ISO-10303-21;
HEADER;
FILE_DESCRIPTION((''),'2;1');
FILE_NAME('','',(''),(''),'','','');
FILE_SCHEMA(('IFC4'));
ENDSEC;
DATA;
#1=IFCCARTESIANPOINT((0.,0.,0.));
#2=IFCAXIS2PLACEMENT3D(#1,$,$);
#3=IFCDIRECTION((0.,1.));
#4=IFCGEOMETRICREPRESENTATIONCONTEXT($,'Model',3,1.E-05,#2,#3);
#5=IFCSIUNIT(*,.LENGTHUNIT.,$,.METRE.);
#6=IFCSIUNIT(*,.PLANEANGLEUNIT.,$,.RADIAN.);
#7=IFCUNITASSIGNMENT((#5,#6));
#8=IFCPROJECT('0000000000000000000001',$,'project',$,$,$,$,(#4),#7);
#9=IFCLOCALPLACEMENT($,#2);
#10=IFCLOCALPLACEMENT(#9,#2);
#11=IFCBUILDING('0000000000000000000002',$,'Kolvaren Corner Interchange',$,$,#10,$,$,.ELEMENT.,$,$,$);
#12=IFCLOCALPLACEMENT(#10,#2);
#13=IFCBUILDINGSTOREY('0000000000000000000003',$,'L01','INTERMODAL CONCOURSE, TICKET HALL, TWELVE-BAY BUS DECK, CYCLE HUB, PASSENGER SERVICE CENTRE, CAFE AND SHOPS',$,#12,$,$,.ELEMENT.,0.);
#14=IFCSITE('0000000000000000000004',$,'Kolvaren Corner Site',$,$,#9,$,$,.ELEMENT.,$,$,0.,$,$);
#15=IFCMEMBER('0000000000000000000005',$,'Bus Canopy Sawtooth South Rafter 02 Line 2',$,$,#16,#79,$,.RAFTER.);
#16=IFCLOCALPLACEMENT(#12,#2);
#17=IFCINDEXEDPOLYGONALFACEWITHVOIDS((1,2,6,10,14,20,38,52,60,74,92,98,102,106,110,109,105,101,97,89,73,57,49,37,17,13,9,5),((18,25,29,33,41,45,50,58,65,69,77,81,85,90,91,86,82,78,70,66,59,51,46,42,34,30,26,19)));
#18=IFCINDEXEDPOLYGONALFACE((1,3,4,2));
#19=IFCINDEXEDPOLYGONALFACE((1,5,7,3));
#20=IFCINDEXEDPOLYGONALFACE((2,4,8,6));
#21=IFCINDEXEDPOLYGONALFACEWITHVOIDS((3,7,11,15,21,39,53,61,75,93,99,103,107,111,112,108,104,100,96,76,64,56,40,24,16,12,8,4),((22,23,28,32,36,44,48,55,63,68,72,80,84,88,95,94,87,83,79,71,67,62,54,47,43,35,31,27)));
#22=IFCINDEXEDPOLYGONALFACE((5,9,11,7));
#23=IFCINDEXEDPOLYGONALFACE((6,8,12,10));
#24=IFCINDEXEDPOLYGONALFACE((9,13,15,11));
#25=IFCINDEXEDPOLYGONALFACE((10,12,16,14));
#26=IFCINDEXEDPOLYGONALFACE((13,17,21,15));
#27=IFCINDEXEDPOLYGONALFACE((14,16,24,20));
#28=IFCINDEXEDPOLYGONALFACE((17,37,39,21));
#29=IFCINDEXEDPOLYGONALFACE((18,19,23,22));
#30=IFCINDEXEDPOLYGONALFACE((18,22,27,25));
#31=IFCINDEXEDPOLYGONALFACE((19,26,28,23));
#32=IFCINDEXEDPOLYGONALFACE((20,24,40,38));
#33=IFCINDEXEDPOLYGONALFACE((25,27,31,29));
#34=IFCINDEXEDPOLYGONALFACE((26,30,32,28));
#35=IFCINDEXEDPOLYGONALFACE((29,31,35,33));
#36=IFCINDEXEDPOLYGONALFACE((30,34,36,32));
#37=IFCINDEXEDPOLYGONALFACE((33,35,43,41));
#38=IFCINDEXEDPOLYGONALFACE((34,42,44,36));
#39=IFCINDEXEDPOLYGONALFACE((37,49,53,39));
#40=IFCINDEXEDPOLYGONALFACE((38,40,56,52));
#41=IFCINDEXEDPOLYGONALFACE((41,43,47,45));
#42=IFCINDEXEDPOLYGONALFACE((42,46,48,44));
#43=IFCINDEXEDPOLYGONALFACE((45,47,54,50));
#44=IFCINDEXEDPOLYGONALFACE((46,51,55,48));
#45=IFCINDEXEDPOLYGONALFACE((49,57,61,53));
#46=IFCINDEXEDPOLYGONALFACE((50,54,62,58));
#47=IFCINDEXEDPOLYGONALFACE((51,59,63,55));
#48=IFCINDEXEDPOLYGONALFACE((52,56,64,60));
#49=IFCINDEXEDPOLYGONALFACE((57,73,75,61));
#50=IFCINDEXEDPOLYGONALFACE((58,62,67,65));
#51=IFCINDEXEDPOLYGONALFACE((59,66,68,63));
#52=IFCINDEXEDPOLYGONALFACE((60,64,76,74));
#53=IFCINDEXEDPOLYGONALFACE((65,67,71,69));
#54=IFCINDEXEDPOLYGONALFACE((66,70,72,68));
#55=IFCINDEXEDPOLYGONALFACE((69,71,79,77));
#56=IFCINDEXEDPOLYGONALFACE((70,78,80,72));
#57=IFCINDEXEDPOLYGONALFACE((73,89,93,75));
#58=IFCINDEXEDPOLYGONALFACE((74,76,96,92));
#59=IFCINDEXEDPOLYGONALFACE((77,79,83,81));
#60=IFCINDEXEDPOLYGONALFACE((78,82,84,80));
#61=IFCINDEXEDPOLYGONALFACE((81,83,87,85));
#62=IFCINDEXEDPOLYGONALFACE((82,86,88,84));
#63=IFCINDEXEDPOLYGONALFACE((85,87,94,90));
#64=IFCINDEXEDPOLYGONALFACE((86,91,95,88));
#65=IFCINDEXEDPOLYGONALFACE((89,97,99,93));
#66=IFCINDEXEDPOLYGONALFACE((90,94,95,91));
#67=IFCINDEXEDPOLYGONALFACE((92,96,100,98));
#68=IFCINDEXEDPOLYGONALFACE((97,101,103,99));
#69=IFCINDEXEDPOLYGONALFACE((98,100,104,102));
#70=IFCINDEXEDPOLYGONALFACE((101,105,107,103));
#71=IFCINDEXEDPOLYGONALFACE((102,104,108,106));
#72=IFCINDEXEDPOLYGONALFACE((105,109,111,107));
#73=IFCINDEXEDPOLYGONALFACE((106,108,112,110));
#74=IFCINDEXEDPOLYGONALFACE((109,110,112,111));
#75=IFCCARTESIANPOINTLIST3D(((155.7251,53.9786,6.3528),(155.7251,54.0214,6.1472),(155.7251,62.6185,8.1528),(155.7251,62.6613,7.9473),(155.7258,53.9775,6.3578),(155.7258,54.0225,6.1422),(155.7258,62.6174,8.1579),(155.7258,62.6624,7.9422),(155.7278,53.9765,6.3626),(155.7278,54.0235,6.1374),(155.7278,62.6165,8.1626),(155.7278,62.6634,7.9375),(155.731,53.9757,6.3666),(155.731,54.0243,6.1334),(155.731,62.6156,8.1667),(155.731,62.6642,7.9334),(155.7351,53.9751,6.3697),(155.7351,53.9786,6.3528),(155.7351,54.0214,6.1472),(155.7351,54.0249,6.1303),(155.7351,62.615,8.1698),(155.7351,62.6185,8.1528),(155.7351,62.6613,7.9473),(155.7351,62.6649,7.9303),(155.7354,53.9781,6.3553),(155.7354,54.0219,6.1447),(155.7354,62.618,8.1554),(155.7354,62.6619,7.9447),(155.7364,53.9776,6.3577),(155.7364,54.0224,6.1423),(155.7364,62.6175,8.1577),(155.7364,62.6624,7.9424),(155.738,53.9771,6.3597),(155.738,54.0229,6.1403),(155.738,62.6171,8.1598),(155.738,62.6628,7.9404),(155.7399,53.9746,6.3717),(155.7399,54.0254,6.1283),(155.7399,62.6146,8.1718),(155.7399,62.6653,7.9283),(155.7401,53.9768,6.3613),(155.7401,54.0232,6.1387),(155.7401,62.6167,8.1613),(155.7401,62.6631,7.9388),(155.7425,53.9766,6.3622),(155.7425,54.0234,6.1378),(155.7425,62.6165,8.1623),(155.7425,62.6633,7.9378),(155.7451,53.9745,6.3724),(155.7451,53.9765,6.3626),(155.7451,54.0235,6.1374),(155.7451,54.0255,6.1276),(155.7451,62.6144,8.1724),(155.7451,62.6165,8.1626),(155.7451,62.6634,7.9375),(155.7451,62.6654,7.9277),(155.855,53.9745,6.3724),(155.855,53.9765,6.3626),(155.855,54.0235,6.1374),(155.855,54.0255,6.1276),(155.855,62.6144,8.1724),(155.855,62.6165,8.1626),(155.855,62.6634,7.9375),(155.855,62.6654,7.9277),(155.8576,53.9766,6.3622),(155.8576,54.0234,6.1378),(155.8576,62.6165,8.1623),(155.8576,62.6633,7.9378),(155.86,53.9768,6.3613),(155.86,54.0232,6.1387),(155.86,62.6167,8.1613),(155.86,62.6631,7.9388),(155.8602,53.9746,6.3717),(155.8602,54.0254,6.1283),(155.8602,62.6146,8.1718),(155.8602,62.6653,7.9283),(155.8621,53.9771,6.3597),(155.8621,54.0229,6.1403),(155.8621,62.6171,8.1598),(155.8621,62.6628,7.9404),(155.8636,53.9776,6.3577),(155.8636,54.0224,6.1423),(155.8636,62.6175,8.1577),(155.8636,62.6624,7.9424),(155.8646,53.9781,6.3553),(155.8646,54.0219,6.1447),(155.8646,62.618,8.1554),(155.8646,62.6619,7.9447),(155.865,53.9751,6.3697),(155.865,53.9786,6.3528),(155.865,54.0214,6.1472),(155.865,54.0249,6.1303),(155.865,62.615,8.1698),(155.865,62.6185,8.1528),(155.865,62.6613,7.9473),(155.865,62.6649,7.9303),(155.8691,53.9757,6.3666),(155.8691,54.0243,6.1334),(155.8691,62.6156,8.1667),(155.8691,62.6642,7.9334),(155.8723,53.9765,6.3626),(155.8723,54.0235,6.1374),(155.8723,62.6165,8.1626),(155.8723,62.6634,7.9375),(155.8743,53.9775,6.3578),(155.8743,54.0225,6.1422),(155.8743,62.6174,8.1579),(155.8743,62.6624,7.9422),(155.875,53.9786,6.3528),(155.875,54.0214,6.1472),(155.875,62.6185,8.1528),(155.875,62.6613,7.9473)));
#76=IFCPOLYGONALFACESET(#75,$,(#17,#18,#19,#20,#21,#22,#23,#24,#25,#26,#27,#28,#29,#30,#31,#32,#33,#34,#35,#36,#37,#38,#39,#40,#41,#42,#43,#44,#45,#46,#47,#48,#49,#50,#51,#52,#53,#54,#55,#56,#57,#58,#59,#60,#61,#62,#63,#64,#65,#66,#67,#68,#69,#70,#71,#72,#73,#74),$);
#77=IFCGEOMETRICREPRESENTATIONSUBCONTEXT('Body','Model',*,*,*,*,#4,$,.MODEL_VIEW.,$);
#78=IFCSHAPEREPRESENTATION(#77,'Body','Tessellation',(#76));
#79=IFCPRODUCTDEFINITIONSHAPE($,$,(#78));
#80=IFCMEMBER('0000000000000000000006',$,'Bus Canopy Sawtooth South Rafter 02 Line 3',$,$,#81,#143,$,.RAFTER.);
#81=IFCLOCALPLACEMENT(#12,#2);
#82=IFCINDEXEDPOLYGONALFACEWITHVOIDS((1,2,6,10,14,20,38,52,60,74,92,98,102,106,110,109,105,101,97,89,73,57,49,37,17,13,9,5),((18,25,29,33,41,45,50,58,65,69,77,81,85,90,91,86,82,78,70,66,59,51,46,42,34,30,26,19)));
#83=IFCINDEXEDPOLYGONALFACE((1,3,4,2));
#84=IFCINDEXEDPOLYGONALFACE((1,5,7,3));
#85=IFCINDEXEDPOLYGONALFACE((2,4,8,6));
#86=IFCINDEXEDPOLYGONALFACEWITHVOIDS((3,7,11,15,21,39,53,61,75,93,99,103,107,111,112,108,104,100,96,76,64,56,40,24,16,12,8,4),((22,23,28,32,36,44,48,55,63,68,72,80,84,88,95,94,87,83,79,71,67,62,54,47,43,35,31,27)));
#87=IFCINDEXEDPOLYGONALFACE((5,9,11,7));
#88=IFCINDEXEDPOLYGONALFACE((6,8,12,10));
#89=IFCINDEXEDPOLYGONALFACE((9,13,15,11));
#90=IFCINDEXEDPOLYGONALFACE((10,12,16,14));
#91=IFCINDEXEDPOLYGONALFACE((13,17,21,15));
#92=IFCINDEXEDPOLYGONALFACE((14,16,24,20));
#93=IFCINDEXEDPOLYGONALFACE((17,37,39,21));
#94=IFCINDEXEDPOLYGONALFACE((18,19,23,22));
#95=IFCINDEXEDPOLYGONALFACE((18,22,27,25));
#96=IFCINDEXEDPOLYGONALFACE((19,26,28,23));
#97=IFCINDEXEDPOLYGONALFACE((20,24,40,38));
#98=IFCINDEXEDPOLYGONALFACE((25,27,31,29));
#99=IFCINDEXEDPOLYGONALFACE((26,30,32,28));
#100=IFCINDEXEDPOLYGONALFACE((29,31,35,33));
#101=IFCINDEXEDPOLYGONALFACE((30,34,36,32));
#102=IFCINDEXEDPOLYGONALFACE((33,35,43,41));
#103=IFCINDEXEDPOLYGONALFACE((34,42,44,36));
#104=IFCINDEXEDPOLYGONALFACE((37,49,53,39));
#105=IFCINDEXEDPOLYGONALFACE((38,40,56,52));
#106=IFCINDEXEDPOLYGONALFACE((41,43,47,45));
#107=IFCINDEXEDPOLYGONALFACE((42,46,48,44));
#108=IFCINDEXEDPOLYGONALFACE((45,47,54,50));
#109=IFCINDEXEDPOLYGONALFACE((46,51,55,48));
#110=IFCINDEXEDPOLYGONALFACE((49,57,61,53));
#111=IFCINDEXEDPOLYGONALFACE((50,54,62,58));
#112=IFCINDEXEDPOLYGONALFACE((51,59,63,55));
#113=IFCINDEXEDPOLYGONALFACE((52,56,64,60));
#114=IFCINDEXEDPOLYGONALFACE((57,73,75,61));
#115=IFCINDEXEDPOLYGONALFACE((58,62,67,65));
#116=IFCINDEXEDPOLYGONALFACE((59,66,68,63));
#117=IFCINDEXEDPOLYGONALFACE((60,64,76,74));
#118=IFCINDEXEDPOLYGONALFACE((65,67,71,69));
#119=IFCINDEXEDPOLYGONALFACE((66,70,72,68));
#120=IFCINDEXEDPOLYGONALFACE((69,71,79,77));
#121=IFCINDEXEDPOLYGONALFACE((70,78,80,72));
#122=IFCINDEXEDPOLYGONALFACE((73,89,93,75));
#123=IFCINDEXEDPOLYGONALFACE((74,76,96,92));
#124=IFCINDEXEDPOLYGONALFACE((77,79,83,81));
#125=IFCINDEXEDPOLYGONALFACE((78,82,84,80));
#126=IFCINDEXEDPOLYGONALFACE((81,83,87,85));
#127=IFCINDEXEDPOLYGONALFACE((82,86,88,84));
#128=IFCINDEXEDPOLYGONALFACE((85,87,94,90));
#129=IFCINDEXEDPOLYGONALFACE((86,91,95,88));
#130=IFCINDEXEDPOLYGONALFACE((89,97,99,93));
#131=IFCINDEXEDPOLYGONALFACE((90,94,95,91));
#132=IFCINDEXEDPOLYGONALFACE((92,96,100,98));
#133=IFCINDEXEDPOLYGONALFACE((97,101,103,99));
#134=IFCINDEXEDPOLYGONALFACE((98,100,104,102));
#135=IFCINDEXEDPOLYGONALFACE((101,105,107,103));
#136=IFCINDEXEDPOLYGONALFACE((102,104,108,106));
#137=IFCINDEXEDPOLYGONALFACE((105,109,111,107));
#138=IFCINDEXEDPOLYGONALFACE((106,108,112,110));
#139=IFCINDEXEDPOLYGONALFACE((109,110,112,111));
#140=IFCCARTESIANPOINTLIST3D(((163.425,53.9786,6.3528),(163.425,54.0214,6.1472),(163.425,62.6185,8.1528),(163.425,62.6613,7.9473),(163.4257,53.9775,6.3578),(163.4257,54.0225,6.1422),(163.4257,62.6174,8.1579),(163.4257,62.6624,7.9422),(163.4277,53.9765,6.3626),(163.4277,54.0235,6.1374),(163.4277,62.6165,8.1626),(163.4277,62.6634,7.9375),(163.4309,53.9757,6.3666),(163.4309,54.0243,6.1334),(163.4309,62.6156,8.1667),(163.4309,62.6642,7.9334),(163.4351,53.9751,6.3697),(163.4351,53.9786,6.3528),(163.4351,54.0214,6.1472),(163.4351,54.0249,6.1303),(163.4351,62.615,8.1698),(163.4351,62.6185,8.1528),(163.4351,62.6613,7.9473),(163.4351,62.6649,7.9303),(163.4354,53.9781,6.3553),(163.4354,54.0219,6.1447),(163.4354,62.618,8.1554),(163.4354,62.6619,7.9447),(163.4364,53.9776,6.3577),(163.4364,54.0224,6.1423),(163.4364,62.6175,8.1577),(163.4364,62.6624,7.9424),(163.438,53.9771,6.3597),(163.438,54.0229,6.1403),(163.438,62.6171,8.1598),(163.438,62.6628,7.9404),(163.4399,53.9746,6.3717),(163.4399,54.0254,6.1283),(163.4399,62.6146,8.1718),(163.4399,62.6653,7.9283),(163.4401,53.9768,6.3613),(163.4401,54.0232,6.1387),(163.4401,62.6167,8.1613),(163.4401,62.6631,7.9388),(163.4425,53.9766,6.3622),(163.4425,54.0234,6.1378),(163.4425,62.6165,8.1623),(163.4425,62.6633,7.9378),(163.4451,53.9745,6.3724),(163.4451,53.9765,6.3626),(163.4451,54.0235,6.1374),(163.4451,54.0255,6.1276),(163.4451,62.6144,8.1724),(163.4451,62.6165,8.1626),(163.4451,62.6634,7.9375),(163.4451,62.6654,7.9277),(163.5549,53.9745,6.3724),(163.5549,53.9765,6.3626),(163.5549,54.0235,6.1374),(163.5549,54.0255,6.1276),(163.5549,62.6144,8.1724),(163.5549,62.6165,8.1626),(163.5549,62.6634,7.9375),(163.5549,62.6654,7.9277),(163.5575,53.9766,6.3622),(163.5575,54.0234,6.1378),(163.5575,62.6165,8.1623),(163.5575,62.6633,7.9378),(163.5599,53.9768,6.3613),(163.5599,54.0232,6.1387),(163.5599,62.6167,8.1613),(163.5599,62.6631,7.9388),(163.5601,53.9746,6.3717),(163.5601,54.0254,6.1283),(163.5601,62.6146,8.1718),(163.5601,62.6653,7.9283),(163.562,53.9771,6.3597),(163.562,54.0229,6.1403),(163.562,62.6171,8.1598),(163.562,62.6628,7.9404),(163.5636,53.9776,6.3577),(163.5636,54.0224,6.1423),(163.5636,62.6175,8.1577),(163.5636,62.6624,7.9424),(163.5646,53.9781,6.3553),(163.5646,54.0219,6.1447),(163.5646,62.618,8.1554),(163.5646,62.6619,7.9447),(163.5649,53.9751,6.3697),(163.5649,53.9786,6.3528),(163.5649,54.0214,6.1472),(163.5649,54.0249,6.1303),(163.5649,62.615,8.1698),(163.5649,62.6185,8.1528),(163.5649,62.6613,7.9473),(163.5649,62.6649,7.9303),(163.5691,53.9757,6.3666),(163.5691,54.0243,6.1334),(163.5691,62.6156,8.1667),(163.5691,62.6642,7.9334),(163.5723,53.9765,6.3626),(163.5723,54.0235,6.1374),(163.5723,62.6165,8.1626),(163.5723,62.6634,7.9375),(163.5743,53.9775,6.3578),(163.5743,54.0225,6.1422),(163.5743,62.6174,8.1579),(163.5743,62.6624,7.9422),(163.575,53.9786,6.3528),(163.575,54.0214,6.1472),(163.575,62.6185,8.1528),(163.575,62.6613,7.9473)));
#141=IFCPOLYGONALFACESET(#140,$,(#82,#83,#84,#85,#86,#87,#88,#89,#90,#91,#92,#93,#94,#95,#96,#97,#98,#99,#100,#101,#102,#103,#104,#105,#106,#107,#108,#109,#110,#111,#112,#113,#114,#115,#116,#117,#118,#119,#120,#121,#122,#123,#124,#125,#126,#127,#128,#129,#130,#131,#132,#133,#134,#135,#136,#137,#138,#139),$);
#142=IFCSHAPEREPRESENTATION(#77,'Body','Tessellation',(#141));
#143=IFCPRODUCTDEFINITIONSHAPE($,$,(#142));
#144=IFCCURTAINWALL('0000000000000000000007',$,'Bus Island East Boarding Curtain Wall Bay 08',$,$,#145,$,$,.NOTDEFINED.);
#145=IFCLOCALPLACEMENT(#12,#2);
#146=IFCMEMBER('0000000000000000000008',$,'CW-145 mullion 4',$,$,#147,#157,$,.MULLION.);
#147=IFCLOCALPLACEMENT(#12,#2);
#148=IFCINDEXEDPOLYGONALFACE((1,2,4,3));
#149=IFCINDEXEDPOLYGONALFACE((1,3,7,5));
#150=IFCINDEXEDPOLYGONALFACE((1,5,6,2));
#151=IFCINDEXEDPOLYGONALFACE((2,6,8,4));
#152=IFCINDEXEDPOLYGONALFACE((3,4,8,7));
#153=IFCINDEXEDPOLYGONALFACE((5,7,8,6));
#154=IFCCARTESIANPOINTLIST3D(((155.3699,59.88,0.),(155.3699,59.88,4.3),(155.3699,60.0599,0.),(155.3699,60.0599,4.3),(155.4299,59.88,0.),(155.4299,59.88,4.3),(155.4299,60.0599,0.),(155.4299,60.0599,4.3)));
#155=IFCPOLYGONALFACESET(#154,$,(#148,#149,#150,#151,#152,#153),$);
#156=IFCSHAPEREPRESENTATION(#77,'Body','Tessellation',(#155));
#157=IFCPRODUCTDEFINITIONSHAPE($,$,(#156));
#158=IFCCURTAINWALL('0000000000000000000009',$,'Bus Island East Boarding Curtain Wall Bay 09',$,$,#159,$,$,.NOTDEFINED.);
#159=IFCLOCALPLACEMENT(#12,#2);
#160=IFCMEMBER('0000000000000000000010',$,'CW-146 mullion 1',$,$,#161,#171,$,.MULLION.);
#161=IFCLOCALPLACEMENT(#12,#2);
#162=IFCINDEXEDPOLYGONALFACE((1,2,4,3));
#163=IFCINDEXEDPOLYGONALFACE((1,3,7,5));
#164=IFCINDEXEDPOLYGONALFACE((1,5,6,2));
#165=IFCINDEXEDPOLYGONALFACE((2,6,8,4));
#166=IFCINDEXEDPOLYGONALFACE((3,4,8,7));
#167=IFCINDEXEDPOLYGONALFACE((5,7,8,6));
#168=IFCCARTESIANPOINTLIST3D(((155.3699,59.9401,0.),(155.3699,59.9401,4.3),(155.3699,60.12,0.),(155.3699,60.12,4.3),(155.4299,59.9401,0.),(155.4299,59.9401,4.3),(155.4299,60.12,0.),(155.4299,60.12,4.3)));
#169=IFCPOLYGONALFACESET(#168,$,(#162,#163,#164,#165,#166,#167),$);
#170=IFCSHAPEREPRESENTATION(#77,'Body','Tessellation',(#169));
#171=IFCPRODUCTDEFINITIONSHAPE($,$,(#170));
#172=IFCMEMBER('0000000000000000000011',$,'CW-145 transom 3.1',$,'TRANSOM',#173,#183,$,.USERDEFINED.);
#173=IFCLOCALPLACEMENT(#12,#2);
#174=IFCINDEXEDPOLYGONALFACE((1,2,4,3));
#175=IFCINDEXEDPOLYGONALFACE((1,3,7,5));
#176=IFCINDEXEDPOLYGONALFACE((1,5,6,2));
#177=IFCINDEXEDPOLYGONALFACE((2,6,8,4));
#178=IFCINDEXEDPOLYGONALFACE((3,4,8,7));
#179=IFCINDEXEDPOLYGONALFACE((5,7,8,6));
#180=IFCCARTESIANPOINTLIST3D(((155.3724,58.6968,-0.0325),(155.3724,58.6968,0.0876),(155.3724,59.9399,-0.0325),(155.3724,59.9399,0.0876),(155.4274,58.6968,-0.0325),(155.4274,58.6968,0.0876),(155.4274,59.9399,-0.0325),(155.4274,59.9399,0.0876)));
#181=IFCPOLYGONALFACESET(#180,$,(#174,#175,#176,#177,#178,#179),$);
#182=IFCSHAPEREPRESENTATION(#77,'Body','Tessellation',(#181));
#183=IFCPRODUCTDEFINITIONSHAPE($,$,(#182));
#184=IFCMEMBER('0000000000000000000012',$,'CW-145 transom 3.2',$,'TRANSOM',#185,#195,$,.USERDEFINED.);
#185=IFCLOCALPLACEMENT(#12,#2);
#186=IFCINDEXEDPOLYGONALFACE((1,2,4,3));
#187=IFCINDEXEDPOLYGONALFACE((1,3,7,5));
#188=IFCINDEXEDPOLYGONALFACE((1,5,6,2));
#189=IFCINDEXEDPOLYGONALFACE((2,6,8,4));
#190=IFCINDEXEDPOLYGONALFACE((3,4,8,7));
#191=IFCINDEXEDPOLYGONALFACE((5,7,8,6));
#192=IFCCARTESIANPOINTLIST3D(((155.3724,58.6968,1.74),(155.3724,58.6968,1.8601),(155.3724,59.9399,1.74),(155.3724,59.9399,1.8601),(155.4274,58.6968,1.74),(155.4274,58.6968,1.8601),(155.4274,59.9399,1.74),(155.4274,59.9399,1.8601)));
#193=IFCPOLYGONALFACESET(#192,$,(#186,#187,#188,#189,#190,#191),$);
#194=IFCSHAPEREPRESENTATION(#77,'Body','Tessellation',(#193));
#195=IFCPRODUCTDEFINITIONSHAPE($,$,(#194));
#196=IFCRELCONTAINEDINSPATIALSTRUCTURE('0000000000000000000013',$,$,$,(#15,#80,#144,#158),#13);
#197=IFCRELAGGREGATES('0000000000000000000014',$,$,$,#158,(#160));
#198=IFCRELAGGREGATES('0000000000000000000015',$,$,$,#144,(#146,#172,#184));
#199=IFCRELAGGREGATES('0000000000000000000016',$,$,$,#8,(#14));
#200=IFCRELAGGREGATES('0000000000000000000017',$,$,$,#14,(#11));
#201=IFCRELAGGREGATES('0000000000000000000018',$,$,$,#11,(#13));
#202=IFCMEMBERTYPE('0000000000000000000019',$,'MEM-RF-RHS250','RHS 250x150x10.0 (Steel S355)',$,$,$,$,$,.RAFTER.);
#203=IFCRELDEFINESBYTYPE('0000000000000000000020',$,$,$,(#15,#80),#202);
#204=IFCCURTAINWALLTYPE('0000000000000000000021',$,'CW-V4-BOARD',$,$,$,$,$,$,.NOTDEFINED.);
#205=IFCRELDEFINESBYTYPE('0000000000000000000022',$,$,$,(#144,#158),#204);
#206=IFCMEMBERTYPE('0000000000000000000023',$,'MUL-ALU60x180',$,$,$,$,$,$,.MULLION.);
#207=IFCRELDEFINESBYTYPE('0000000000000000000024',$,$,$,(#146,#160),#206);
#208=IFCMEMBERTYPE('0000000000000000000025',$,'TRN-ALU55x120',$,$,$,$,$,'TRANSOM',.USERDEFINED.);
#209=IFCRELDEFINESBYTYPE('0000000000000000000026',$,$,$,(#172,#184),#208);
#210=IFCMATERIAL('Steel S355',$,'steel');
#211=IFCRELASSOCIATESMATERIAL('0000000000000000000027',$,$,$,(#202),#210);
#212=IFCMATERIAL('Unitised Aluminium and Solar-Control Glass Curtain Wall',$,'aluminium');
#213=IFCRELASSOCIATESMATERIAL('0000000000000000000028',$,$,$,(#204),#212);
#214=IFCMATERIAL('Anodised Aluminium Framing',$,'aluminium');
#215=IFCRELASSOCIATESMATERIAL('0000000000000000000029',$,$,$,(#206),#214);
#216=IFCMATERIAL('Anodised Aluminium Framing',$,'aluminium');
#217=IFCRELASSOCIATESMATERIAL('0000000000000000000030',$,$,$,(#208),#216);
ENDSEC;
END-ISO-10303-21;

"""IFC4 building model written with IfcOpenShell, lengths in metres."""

from ifc_helpers import new_model, si_unit, direction, frame, origin, origin_2d, place, context, subcontext, project, spatial, rectangle, hollow_rectangle, extrude, material, material_profile, profile_set, type_object, element, aggregate, save


model = new_model("IFC4")

# Units and contexts
model_context = context("Model", 3, precision=1e-05, world=origin(), true_north=direction((0.0, 1.0)))
body_context = subcontext(model_context, "Body", "Model", "MODEL_VIEW")
ifc_project = project(units=[si_unit("LENGTHUNIT", "METRE"), si_unit("PLANEANGLEUNIT", "RADIAN")], contexts=[model_context])

# Site, building, storey
site_placement = place(None, origin())
site = spatial("IfcSite", under=ifc_project, at=site_placement, Name="Kolvaren Corner Site", CompositionType="ELEMENT", RefElevation=0.0)
building_placement = place(site_placement, origin())
building = spatial("IfcBuilding", under=site, at=building_placement, Name="Kolvaren Corner Interchange", CompositionType="ELEMENT")
storey_placement = place(building_placement, origin())
storey = spatial("IfcBuildingStorey", under=building, at=storey_placement, Name="L01", Description="INTERMODAL CONCOURSE, TICKET HALL, TWELVE-BAY BUS DECK, CYCLE HUB, PASSENGER SERVICE CENTRE, CAFE AND SHOPS", CompositionType="ELEMENT", Elevation=0.0)

# Members
ifc_material_1 = material(Name="Steel S355", Category="steel")
ifc_material_profile_1 = material_profile(ifc_material_1, hollow_rectangle(XDim=0.1499, YDim=0.25, WallThickness=0.01, InnerFilletRadius=0.01, OuterFilletRadius=0.02, at=origin_2d()), Name="RHS 250x150x10.0")
ifc_profile_set_1 = profile_set([ifc_material_profile_1], Name="Steel S355")
member_type_1 = type_object("IfcMemberType", Name="MEM-RF-RHS250", Description="RHS 250x150x10.0 (Steel S355)", PredefinedType="RAFTER", material=ifc_profile_set_1)
for number, where, z_axis, x_axis, name in (
    (1, (155.8, 54.0, 6.25), (0.0, 0.978979, 0.203962), (-1.0, 0.0, 0.0), "Bus Canopy Sawtooth South Rafter 02 Line 2"),
    (2, (163.5, 54.0, 6.25), (0.0, 0.978979, 0.203962), (-1.0, 0.0, 0.0), "Bus Canopy Sawtooth South Rafter 02 Line 3"),
):
    element("IfcMember", number, at=place(storey_placement, frame(where, z_axis=z_axis, x_axis=x_axis)), inside=storey, type_object=member_type_1, Name=name, PredefinedType="RAFTER", context=body_context, shape_type="SweptSolid", body=[
        extrude(hollow_rectangle(XDim=0.1499, YDim=0.25, WallThickness=0.01, InnerFilletRadius=0.01, OuterFilletRadius=0.02, at=origin_2d()), origin(), (0.0, 0.0, 1.0), 8.8254),
    ])

# Curtain walls, members
ifc_material_2 = material(Name="Unitised Aluminium and Solar-Control Glass Curtain Wall", Category="aluminium")
curtain_wall_type = type_object("IfcCurtainWallType", Name="CW-V4-BOARD", PredefinedType="NOTDEFINED", material=ifc_material_2)
curtain_wall_1_placement = place(storey_placement, origin())
curtain_wall_1 = element("IfcCurtainWall", 3, at=curtain_wall_1_placement, inside=storey, type_object=curtain_wall_type, Name="Bus Island East Boarding Curtain Wall Bay 08", PredefinedType="NOTDEFINED")
ifc_material_3 = material(Name="Anodised Aluminium Framing", Category="aluminium")
ifc_material_profile_2 = material_profile(ifc_material_3, rectangle(XDim=0.0601, YDim=0.1799, at=origin_2d()), Name="ALU 60x180")
ifc_profile_set_2 = profile_set([ifc_material_profile_2], Name="Anodised Aluminium Framing")
member_type_2 = type_object("IfcMemberType", Name="MUL-ALU60x180", PredefinedType="MULLION", material=ifc_profile_set_2)
member_1_placement = place(storey_placement, frame((155.3999, 59.97, 0.0), z_axis=(0.0, 0.0, 1.0), x_axis=(-1.0, 0.0, 0.0)))
member_1 = element("IfcMember", 4, at=member_1_placement, type_object=member_type_2, Name="CW-145 mullion 4", PredefinedType="MULLION", context=body_context, shape_type="SweptSolid", body=[
    extrude(rectangle(XDim=0.0601, YDim=0.1799, at=origin_2d()), origin(), (0.0, 0.0, 1.0), 4.3),
])
curtain_wall_2_placement = place(storey_placement, origin())
curtain_wall_2 = element("IfcCurtainWall", 5, at=curtain_wall_2_placement, inside=storey, type_object=curtain_wall_type, Name="Bus Island East Boarding Curtain Wall Bay 09", PredefinedType="NOTDEFINED")
member_2_placement = place(storey_placement, frame((155.3999, 60.03, 0.0), z_axis=(0.0, 0.0, 1.0), x_axis=(-1.0, 0.0, 0.0)))
member_2 = element("IfcMember", 6, at=member_2_placement, type_object=member_type_2, Name="CW-146 mullion 1", PredefinedType="MULLION", context=body_context, shape_type="SweptSolid", body=[
    extrude(rectangle(XDim=0.0601, YDim=0.1799, at=origin_2d()), origin(), (0.0, 0.0, 1.0), 4.3),
])

# Members
ifc_material_4 = material(Name="Anodised Aluminium Framing", Category="aluminium")
ifc_material_profile_3 = material_profile(ifc_material_4, rectangle(XDim=0.0549, YDim=0.1201, at=origin_2d()), Name="ALU 55x120")
ifc_profile_set_3 = profile_set([ifc_material_profile_3], Name="Anodised Aluminium Framing")
member_type_3 = type_object("IfcMemberType", Name="TRN-ALU55x120", ElementType="TRANSOM", PredefinedType="USERDEFINED", material=ifc_profile_set_3)
member_3_placement = place(storey_placement, frame((155.3999, 58.6968, 0.0276), z_axis=(0.0, 1.0, 0.0), x_axis=(-1.0, 0.0, 0.0)))
member_3 = element("IfcMember", 7, at=member_3_placement, type_object=member_type_3, Name="CW-145 transom 3.1", ObjectType="TRANSOM", PredefinedType="USERDEFINED", context=body_context, shape_type="SweptSolid", body=[
    extrude(rectangle(XDim=0.0549, YDim=0.1201, at=origin_2d()), origin(), (0.0, 0.0, 1.0), 1.2432),
])
member_4_placement = place(storey_placement, frame((155.3999, 58.6968, 1.8), z_axis=(0.0, 1.0, 0.0), x_axis=(-1.0, 0.0, 0.0)))
member_4 = element("IfcMember", 8, at=member_4_placement, type_object=member_type_3, Name="CW-145 transom 3.2", ObjectType="TRANSOM", PredefinedType="USERDEFINED", context=body_context, shape_type="SweptSolid", body=[
    extrude(rectangle(XDim=0.0549, YDim=0.1201, at=origin_2d()), origin(), (0.0, 0.0, 1.0), 1.2432),
])
aggregate(curtain_wall_2, [member_2])

aggregate(curtain_wall_1, [member_1, member_3, member_4])

save(model, "model.ifc")
